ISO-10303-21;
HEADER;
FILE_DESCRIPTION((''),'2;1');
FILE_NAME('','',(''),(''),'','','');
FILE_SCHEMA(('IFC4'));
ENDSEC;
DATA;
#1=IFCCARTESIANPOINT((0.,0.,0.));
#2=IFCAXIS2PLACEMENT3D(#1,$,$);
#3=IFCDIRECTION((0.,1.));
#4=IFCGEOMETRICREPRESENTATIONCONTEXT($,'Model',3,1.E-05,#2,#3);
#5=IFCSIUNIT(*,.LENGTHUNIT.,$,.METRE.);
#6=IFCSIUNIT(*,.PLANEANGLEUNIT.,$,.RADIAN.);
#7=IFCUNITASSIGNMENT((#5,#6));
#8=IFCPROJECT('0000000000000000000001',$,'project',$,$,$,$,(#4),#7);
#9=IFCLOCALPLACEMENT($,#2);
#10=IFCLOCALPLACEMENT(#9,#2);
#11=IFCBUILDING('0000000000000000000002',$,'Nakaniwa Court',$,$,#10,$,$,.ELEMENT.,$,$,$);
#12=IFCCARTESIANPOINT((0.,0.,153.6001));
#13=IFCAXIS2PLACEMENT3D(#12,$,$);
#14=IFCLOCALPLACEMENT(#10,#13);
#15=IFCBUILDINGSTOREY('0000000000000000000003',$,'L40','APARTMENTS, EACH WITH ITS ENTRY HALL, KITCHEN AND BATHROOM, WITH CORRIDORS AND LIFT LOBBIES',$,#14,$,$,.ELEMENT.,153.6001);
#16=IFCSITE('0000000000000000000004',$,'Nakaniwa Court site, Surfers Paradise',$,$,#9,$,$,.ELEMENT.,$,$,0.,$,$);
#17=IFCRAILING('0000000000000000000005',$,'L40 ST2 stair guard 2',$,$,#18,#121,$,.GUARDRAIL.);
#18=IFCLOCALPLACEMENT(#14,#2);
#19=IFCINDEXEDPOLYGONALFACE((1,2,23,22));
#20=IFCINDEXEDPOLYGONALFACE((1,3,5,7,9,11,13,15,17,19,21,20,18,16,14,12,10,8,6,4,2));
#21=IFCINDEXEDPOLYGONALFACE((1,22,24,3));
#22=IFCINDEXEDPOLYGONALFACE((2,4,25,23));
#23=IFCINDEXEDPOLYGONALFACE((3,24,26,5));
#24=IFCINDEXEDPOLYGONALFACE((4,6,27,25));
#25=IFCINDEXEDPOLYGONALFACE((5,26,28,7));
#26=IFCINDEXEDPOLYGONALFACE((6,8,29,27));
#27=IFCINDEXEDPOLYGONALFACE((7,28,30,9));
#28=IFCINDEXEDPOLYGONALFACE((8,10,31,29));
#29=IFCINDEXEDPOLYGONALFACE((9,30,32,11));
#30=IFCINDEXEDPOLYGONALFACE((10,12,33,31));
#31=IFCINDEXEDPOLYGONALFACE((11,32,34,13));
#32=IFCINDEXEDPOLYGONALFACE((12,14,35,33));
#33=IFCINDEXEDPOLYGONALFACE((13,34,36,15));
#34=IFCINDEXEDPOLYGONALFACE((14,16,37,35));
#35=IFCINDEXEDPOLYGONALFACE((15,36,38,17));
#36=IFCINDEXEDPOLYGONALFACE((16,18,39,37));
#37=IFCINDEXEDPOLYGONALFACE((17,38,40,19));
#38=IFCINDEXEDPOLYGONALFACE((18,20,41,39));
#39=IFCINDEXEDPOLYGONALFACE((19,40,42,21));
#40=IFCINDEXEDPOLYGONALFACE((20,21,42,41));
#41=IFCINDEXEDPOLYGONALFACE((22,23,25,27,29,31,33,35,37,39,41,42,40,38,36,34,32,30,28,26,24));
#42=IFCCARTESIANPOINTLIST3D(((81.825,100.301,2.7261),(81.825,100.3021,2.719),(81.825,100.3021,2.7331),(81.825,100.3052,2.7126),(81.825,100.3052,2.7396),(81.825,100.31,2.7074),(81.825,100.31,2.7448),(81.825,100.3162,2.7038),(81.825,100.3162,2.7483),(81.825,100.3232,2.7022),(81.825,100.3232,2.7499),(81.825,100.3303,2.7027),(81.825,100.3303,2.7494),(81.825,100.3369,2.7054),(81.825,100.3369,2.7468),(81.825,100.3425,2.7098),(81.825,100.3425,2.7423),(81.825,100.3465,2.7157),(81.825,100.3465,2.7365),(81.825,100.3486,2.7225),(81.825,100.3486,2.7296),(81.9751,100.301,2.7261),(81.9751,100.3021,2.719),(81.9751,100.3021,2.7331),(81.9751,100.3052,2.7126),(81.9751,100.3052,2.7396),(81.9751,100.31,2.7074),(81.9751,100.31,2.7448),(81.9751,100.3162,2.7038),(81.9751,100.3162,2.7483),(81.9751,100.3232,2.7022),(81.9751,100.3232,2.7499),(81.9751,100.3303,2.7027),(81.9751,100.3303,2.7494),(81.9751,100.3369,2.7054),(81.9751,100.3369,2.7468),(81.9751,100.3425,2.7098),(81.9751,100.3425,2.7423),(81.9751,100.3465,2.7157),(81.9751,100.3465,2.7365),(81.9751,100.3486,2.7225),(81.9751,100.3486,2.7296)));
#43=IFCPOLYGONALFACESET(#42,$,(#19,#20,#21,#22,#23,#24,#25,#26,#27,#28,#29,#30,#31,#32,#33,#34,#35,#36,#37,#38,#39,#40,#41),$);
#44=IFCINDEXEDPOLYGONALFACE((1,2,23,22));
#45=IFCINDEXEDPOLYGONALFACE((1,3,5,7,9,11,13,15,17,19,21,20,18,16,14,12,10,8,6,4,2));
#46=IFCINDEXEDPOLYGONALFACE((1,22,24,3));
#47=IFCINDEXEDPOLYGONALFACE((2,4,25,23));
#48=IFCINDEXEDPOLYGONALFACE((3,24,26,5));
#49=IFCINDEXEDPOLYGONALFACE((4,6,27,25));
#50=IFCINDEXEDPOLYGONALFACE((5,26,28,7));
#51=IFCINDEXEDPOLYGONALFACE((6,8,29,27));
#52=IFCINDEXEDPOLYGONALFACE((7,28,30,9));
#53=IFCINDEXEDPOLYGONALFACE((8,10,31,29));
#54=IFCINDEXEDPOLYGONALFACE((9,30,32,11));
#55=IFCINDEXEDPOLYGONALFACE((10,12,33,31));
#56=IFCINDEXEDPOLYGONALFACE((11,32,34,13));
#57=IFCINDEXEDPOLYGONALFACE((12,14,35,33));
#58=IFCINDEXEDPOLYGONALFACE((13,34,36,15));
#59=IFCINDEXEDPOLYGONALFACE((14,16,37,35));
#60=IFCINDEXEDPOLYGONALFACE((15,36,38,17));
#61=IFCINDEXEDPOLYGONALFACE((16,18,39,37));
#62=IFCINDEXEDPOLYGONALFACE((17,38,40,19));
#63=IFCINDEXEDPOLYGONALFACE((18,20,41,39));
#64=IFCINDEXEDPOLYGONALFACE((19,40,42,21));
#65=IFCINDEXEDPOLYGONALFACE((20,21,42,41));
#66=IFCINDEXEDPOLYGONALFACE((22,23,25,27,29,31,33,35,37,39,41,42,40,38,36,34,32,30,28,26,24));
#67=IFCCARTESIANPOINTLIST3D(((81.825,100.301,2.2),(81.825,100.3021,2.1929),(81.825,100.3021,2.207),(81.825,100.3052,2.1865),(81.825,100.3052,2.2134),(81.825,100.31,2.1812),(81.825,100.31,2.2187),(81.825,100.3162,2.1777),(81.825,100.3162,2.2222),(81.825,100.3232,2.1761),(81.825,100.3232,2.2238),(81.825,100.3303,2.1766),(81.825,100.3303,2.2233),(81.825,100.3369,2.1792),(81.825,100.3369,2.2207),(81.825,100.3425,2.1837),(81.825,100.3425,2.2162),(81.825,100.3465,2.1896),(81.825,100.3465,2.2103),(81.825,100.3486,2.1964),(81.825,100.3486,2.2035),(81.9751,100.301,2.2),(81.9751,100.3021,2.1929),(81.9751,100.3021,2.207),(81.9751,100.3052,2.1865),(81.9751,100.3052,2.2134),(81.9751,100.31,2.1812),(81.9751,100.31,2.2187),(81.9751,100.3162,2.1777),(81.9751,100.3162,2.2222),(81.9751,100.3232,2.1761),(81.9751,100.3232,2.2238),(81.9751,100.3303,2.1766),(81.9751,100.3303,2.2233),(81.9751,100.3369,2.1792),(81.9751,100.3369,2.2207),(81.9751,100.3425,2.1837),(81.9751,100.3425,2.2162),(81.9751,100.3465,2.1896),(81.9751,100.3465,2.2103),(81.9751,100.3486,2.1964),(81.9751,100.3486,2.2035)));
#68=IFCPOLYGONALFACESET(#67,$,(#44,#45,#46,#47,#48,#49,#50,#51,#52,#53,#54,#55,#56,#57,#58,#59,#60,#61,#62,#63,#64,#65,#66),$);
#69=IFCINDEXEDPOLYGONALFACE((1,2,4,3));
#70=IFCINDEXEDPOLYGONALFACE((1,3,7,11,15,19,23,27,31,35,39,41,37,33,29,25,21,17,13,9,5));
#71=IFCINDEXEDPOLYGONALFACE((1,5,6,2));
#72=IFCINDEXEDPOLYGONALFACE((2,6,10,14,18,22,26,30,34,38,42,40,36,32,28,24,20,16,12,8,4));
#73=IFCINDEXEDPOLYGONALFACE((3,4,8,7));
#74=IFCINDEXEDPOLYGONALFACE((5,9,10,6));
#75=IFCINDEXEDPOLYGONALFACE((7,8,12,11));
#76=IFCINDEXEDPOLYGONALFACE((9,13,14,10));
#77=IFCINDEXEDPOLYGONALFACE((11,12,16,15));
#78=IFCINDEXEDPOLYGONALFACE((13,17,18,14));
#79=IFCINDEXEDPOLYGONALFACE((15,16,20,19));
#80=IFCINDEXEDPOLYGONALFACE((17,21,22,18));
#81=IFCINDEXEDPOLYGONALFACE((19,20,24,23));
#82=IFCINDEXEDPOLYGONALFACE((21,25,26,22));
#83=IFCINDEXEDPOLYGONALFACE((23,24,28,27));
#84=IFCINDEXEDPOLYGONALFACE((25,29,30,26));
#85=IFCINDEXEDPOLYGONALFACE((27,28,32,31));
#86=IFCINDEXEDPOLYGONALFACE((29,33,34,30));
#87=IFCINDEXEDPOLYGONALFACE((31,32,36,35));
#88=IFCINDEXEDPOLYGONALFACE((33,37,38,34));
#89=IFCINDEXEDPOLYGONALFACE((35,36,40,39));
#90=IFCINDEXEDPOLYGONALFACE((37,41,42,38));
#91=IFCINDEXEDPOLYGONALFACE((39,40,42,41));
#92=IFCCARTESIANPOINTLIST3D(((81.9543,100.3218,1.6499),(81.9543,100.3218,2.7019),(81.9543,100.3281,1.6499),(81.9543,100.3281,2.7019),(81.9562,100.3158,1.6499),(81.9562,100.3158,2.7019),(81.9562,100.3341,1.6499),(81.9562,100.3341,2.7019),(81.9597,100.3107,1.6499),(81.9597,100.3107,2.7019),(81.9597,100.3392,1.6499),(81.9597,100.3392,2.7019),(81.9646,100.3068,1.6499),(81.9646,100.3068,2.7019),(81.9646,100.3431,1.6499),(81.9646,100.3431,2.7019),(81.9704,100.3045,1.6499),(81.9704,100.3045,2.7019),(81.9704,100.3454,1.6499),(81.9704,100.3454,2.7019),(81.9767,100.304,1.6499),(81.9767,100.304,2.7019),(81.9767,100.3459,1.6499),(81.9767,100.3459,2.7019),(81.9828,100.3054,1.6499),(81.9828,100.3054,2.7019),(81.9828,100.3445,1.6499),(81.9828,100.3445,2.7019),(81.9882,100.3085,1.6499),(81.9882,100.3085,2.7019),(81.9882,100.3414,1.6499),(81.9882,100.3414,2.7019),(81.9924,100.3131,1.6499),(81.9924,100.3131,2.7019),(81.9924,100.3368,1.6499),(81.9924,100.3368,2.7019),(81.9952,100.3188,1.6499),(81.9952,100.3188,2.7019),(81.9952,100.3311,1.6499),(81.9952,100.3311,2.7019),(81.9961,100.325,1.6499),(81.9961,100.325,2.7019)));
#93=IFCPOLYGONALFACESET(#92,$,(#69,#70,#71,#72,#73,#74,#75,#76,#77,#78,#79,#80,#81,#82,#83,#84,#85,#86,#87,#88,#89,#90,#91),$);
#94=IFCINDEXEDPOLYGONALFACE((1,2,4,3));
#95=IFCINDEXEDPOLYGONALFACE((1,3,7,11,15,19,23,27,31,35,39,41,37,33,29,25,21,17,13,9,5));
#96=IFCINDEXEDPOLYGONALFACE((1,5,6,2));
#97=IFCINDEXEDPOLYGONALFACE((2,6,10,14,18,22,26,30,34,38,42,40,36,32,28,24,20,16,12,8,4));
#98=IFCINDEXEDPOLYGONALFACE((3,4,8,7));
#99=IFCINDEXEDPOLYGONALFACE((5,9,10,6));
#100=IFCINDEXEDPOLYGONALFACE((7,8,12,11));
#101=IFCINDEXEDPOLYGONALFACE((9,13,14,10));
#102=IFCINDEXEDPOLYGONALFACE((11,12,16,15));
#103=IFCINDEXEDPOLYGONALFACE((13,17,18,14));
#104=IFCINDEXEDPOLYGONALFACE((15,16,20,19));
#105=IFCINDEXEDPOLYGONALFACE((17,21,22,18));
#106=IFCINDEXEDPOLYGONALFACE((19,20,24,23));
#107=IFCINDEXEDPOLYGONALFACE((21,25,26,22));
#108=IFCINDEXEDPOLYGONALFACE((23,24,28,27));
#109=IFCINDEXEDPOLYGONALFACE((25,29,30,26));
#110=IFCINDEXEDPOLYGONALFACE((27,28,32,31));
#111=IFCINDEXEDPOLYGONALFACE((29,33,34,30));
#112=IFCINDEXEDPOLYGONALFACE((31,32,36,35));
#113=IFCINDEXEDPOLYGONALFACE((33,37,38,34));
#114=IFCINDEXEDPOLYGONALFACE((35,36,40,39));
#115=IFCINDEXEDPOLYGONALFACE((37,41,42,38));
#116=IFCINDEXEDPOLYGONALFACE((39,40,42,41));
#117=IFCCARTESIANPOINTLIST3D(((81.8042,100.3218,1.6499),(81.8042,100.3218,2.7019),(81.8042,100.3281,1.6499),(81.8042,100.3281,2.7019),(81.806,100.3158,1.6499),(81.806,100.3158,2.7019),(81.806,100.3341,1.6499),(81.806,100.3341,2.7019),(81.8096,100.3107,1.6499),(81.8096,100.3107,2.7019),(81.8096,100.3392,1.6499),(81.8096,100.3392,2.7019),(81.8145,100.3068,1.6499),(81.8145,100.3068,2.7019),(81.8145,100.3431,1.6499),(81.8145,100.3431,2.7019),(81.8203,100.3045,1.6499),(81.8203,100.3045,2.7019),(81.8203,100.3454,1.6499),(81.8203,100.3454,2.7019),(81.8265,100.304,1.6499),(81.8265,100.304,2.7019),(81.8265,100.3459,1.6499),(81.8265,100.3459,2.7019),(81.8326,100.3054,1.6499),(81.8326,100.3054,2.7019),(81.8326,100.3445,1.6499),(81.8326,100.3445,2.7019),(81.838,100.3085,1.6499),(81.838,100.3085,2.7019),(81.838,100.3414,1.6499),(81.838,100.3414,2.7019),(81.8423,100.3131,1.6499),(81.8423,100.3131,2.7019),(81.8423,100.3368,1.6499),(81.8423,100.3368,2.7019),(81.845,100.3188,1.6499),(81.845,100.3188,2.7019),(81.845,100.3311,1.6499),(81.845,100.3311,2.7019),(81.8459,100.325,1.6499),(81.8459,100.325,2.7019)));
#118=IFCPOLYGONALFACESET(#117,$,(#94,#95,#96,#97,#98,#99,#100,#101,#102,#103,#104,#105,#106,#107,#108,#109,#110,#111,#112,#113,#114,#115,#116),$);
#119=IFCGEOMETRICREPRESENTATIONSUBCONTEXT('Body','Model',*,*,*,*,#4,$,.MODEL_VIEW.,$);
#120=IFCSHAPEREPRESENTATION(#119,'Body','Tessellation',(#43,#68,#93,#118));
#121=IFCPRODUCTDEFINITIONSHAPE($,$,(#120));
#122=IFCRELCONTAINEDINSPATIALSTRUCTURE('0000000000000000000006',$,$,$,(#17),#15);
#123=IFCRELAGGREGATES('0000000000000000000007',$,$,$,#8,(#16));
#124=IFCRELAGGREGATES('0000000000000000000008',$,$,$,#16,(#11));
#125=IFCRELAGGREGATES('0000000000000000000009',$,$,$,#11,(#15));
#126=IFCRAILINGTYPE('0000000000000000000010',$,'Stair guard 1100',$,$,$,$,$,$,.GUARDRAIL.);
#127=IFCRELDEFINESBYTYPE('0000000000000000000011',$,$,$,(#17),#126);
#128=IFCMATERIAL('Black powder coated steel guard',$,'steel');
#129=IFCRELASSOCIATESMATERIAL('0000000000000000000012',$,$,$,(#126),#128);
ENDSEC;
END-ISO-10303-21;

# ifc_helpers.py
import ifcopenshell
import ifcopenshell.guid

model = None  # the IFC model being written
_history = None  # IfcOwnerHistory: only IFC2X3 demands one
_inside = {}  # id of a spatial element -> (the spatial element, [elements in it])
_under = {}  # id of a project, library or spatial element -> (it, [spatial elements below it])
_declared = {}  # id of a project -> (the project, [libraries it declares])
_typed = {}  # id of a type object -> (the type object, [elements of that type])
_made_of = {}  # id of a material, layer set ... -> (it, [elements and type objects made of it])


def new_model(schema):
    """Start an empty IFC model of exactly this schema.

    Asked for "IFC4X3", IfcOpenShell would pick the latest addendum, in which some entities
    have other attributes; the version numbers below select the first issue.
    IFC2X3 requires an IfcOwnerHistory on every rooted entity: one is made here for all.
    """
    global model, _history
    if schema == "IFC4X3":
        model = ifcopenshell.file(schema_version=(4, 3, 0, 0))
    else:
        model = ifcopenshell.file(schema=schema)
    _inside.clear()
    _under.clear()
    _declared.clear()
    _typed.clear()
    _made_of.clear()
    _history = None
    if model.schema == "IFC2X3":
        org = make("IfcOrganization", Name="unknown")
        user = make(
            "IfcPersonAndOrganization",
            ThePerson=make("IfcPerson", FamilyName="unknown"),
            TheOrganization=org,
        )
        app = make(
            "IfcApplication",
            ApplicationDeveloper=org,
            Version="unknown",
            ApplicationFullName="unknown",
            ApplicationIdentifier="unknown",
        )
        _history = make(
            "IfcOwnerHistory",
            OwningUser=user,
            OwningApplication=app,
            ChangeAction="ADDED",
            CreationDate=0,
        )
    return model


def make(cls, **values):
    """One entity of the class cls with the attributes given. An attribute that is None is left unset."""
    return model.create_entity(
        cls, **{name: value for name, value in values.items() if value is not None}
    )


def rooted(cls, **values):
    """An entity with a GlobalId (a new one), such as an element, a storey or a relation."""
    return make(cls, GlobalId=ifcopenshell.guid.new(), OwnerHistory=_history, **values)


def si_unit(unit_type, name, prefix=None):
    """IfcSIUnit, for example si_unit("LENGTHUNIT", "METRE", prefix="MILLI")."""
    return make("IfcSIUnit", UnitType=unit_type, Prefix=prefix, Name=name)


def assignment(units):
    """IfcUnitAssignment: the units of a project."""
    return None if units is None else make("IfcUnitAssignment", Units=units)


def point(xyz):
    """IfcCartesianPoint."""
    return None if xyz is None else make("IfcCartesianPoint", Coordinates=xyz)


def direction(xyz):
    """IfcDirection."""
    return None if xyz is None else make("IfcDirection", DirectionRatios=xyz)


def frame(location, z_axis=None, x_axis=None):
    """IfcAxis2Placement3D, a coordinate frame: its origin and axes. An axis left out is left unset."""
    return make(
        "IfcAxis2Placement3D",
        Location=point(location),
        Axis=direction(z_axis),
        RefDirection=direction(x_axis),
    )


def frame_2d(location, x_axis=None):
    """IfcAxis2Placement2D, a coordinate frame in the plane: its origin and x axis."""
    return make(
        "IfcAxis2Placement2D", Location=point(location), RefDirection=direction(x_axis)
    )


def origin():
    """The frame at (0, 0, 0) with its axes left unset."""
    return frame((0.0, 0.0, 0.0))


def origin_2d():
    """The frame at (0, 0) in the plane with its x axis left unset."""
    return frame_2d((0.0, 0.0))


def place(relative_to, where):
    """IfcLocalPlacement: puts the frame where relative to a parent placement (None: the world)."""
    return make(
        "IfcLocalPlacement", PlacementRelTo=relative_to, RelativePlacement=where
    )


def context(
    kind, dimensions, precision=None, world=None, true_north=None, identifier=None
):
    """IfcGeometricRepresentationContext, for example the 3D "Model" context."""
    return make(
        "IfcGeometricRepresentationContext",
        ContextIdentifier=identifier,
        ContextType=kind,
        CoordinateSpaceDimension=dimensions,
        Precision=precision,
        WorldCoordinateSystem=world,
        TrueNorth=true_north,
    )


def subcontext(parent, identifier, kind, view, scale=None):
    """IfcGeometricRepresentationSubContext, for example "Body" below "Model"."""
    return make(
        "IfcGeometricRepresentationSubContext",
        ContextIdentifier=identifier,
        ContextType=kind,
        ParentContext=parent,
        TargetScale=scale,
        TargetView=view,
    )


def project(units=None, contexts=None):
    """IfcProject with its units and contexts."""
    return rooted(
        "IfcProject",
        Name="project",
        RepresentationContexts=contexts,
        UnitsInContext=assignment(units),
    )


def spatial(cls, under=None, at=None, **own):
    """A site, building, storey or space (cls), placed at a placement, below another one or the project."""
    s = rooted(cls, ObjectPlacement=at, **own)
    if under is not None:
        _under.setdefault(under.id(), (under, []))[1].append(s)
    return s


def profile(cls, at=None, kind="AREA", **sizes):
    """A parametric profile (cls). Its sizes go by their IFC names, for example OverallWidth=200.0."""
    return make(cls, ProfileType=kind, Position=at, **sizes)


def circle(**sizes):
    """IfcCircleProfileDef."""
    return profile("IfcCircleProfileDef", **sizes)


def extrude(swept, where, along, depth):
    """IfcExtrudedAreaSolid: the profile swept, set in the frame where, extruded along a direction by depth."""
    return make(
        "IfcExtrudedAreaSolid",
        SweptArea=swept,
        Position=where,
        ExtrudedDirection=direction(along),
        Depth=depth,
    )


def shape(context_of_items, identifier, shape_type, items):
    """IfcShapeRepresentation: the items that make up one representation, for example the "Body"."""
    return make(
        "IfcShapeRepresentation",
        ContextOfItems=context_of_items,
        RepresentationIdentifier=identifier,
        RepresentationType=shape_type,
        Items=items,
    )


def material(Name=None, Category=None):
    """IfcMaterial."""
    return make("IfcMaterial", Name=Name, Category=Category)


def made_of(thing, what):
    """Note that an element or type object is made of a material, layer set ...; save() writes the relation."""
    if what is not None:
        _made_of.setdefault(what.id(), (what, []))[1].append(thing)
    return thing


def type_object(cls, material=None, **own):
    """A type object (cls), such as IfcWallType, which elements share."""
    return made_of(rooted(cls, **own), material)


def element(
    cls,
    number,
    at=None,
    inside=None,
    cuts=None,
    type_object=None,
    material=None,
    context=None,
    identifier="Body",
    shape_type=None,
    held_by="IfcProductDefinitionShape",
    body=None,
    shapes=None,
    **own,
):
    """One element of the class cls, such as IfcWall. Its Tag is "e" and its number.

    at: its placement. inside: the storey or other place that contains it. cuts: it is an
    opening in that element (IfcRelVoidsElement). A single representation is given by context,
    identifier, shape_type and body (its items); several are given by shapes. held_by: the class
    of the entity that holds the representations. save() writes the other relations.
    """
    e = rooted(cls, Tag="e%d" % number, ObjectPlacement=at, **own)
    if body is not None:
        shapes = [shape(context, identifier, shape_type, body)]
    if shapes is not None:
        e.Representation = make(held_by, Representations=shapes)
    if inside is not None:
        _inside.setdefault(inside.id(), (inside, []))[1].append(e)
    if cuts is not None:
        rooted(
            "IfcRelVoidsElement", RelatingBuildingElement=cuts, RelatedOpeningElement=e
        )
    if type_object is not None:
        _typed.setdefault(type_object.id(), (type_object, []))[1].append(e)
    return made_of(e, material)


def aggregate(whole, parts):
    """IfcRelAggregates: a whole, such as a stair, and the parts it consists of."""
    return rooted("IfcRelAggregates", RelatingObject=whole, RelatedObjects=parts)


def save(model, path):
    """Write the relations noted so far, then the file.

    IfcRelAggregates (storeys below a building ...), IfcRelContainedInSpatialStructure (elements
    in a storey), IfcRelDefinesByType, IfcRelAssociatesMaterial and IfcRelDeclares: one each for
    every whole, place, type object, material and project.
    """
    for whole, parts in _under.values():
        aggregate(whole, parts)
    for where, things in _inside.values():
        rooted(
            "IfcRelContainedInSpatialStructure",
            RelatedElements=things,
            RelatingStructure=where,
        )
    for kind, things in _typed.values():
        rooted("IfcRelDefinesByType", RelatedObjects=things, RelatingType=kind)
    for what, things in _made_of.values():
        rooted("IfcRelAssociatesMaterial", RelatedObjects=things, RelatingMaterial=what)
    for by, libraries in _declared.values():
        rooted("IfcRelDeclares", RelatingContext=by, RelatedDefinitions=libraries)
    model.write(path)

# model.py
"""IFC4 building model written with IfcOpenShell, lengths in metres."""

from ifc_helpers import new_model, si_unit, direction, frame, origin, origin_2d, place, context, subcontext, project, spatial, circle, extrude, material, type_object, element, save


model = new_model("IFC4")

# Units and contexts
model_context = context("Model", 3, precision=1e-05, world=origin(), true_north=direction((0.0, 1.0)))
body_context = subcontext(model_context, "Body", "Model", "MODEL_VIEW")
ifc_project = project(units=[si_unit("LENGTHUNIT", "METRE"), si_unit("PLANEANGLEUNIT", "RADIAN")], contexts=[model_context])

# Site, building, storey
site_placement = place(None, origin())
site = spatial("IfcSite", under=ifc_project, at=site_placement, Name="Nakaniwa Court site, Surfers Paradise", CompositionType="ELEMENT", RefElevation=0.0)
building_placement = place(site_placement, origin())
building = spatial("IfcBuilding", under=site, at=building_placement, Name="Nakaniwa Court", CompositionType="ELEMENT")
storey_placement = place(building_placement, frame((0.0, 0.0, 153.6001)))
storey = spatial("IfcBuildingStorey", under=building, at=storey_placement, Name="L40", Description="APARTMENTS, EACH WITH ITS ENTRY HALL, KITCHEN AND BATHROOM, WITH CORRIDORS AND LIFT LOBBIES", CompositionType="ELEMENT", Elevation=153.6001)

# Railing
ifc_material_1 = material(Name="Black powder coated steel guard", Category="steel")
railing_type_1 = type_object("IfcRailingType", Name="Stair guard 1100", PredefinedType="GUARDRAIL", material=ifc_material_1)
railing_1_placement = place(storey_placement, frame((81.9751, 100.325, 1.6499)))
element("IfcRailing", 1, at=railing_1_placement, inside=storey, type_object=railing_type_1, Name="L40 ST2 stair guard 2", PredefinedType="GUARDRAIL", context=body_context, shape_type="SweptSolid", body=[
    extrude(circle(Radius=0.0239, at=origin_2d()), frame((0.0, 0.0, 1.0762), z_axis=(-1.0, 0.0, 0.0), x_axis=(0.0, -1.0, 0.0)), (0.0, 0.0, 1.0), 0.1501),
    extrude(circle(Radius=0.0239, at=origin_2d()), frame((0.0, 0.0, 0.55), z_axis=(-1.0, 0.0, 0.0), x_axis=(0.0, -1.0, 0.0)), (0.0, 0.0, 1.0), 0.1501),
    extrude(circle(Radius=0.021, at=origin_2d()), origin(), (0.0, 0.0, 1.0), 1.052),
    extrude(circle(Radius=0.021, at=origin_2d()), frame((-0.1501, 0.0, 0.0)), (0.0, 0.0, 1.0), 1.052),
])

save(model, "model.ifc")
